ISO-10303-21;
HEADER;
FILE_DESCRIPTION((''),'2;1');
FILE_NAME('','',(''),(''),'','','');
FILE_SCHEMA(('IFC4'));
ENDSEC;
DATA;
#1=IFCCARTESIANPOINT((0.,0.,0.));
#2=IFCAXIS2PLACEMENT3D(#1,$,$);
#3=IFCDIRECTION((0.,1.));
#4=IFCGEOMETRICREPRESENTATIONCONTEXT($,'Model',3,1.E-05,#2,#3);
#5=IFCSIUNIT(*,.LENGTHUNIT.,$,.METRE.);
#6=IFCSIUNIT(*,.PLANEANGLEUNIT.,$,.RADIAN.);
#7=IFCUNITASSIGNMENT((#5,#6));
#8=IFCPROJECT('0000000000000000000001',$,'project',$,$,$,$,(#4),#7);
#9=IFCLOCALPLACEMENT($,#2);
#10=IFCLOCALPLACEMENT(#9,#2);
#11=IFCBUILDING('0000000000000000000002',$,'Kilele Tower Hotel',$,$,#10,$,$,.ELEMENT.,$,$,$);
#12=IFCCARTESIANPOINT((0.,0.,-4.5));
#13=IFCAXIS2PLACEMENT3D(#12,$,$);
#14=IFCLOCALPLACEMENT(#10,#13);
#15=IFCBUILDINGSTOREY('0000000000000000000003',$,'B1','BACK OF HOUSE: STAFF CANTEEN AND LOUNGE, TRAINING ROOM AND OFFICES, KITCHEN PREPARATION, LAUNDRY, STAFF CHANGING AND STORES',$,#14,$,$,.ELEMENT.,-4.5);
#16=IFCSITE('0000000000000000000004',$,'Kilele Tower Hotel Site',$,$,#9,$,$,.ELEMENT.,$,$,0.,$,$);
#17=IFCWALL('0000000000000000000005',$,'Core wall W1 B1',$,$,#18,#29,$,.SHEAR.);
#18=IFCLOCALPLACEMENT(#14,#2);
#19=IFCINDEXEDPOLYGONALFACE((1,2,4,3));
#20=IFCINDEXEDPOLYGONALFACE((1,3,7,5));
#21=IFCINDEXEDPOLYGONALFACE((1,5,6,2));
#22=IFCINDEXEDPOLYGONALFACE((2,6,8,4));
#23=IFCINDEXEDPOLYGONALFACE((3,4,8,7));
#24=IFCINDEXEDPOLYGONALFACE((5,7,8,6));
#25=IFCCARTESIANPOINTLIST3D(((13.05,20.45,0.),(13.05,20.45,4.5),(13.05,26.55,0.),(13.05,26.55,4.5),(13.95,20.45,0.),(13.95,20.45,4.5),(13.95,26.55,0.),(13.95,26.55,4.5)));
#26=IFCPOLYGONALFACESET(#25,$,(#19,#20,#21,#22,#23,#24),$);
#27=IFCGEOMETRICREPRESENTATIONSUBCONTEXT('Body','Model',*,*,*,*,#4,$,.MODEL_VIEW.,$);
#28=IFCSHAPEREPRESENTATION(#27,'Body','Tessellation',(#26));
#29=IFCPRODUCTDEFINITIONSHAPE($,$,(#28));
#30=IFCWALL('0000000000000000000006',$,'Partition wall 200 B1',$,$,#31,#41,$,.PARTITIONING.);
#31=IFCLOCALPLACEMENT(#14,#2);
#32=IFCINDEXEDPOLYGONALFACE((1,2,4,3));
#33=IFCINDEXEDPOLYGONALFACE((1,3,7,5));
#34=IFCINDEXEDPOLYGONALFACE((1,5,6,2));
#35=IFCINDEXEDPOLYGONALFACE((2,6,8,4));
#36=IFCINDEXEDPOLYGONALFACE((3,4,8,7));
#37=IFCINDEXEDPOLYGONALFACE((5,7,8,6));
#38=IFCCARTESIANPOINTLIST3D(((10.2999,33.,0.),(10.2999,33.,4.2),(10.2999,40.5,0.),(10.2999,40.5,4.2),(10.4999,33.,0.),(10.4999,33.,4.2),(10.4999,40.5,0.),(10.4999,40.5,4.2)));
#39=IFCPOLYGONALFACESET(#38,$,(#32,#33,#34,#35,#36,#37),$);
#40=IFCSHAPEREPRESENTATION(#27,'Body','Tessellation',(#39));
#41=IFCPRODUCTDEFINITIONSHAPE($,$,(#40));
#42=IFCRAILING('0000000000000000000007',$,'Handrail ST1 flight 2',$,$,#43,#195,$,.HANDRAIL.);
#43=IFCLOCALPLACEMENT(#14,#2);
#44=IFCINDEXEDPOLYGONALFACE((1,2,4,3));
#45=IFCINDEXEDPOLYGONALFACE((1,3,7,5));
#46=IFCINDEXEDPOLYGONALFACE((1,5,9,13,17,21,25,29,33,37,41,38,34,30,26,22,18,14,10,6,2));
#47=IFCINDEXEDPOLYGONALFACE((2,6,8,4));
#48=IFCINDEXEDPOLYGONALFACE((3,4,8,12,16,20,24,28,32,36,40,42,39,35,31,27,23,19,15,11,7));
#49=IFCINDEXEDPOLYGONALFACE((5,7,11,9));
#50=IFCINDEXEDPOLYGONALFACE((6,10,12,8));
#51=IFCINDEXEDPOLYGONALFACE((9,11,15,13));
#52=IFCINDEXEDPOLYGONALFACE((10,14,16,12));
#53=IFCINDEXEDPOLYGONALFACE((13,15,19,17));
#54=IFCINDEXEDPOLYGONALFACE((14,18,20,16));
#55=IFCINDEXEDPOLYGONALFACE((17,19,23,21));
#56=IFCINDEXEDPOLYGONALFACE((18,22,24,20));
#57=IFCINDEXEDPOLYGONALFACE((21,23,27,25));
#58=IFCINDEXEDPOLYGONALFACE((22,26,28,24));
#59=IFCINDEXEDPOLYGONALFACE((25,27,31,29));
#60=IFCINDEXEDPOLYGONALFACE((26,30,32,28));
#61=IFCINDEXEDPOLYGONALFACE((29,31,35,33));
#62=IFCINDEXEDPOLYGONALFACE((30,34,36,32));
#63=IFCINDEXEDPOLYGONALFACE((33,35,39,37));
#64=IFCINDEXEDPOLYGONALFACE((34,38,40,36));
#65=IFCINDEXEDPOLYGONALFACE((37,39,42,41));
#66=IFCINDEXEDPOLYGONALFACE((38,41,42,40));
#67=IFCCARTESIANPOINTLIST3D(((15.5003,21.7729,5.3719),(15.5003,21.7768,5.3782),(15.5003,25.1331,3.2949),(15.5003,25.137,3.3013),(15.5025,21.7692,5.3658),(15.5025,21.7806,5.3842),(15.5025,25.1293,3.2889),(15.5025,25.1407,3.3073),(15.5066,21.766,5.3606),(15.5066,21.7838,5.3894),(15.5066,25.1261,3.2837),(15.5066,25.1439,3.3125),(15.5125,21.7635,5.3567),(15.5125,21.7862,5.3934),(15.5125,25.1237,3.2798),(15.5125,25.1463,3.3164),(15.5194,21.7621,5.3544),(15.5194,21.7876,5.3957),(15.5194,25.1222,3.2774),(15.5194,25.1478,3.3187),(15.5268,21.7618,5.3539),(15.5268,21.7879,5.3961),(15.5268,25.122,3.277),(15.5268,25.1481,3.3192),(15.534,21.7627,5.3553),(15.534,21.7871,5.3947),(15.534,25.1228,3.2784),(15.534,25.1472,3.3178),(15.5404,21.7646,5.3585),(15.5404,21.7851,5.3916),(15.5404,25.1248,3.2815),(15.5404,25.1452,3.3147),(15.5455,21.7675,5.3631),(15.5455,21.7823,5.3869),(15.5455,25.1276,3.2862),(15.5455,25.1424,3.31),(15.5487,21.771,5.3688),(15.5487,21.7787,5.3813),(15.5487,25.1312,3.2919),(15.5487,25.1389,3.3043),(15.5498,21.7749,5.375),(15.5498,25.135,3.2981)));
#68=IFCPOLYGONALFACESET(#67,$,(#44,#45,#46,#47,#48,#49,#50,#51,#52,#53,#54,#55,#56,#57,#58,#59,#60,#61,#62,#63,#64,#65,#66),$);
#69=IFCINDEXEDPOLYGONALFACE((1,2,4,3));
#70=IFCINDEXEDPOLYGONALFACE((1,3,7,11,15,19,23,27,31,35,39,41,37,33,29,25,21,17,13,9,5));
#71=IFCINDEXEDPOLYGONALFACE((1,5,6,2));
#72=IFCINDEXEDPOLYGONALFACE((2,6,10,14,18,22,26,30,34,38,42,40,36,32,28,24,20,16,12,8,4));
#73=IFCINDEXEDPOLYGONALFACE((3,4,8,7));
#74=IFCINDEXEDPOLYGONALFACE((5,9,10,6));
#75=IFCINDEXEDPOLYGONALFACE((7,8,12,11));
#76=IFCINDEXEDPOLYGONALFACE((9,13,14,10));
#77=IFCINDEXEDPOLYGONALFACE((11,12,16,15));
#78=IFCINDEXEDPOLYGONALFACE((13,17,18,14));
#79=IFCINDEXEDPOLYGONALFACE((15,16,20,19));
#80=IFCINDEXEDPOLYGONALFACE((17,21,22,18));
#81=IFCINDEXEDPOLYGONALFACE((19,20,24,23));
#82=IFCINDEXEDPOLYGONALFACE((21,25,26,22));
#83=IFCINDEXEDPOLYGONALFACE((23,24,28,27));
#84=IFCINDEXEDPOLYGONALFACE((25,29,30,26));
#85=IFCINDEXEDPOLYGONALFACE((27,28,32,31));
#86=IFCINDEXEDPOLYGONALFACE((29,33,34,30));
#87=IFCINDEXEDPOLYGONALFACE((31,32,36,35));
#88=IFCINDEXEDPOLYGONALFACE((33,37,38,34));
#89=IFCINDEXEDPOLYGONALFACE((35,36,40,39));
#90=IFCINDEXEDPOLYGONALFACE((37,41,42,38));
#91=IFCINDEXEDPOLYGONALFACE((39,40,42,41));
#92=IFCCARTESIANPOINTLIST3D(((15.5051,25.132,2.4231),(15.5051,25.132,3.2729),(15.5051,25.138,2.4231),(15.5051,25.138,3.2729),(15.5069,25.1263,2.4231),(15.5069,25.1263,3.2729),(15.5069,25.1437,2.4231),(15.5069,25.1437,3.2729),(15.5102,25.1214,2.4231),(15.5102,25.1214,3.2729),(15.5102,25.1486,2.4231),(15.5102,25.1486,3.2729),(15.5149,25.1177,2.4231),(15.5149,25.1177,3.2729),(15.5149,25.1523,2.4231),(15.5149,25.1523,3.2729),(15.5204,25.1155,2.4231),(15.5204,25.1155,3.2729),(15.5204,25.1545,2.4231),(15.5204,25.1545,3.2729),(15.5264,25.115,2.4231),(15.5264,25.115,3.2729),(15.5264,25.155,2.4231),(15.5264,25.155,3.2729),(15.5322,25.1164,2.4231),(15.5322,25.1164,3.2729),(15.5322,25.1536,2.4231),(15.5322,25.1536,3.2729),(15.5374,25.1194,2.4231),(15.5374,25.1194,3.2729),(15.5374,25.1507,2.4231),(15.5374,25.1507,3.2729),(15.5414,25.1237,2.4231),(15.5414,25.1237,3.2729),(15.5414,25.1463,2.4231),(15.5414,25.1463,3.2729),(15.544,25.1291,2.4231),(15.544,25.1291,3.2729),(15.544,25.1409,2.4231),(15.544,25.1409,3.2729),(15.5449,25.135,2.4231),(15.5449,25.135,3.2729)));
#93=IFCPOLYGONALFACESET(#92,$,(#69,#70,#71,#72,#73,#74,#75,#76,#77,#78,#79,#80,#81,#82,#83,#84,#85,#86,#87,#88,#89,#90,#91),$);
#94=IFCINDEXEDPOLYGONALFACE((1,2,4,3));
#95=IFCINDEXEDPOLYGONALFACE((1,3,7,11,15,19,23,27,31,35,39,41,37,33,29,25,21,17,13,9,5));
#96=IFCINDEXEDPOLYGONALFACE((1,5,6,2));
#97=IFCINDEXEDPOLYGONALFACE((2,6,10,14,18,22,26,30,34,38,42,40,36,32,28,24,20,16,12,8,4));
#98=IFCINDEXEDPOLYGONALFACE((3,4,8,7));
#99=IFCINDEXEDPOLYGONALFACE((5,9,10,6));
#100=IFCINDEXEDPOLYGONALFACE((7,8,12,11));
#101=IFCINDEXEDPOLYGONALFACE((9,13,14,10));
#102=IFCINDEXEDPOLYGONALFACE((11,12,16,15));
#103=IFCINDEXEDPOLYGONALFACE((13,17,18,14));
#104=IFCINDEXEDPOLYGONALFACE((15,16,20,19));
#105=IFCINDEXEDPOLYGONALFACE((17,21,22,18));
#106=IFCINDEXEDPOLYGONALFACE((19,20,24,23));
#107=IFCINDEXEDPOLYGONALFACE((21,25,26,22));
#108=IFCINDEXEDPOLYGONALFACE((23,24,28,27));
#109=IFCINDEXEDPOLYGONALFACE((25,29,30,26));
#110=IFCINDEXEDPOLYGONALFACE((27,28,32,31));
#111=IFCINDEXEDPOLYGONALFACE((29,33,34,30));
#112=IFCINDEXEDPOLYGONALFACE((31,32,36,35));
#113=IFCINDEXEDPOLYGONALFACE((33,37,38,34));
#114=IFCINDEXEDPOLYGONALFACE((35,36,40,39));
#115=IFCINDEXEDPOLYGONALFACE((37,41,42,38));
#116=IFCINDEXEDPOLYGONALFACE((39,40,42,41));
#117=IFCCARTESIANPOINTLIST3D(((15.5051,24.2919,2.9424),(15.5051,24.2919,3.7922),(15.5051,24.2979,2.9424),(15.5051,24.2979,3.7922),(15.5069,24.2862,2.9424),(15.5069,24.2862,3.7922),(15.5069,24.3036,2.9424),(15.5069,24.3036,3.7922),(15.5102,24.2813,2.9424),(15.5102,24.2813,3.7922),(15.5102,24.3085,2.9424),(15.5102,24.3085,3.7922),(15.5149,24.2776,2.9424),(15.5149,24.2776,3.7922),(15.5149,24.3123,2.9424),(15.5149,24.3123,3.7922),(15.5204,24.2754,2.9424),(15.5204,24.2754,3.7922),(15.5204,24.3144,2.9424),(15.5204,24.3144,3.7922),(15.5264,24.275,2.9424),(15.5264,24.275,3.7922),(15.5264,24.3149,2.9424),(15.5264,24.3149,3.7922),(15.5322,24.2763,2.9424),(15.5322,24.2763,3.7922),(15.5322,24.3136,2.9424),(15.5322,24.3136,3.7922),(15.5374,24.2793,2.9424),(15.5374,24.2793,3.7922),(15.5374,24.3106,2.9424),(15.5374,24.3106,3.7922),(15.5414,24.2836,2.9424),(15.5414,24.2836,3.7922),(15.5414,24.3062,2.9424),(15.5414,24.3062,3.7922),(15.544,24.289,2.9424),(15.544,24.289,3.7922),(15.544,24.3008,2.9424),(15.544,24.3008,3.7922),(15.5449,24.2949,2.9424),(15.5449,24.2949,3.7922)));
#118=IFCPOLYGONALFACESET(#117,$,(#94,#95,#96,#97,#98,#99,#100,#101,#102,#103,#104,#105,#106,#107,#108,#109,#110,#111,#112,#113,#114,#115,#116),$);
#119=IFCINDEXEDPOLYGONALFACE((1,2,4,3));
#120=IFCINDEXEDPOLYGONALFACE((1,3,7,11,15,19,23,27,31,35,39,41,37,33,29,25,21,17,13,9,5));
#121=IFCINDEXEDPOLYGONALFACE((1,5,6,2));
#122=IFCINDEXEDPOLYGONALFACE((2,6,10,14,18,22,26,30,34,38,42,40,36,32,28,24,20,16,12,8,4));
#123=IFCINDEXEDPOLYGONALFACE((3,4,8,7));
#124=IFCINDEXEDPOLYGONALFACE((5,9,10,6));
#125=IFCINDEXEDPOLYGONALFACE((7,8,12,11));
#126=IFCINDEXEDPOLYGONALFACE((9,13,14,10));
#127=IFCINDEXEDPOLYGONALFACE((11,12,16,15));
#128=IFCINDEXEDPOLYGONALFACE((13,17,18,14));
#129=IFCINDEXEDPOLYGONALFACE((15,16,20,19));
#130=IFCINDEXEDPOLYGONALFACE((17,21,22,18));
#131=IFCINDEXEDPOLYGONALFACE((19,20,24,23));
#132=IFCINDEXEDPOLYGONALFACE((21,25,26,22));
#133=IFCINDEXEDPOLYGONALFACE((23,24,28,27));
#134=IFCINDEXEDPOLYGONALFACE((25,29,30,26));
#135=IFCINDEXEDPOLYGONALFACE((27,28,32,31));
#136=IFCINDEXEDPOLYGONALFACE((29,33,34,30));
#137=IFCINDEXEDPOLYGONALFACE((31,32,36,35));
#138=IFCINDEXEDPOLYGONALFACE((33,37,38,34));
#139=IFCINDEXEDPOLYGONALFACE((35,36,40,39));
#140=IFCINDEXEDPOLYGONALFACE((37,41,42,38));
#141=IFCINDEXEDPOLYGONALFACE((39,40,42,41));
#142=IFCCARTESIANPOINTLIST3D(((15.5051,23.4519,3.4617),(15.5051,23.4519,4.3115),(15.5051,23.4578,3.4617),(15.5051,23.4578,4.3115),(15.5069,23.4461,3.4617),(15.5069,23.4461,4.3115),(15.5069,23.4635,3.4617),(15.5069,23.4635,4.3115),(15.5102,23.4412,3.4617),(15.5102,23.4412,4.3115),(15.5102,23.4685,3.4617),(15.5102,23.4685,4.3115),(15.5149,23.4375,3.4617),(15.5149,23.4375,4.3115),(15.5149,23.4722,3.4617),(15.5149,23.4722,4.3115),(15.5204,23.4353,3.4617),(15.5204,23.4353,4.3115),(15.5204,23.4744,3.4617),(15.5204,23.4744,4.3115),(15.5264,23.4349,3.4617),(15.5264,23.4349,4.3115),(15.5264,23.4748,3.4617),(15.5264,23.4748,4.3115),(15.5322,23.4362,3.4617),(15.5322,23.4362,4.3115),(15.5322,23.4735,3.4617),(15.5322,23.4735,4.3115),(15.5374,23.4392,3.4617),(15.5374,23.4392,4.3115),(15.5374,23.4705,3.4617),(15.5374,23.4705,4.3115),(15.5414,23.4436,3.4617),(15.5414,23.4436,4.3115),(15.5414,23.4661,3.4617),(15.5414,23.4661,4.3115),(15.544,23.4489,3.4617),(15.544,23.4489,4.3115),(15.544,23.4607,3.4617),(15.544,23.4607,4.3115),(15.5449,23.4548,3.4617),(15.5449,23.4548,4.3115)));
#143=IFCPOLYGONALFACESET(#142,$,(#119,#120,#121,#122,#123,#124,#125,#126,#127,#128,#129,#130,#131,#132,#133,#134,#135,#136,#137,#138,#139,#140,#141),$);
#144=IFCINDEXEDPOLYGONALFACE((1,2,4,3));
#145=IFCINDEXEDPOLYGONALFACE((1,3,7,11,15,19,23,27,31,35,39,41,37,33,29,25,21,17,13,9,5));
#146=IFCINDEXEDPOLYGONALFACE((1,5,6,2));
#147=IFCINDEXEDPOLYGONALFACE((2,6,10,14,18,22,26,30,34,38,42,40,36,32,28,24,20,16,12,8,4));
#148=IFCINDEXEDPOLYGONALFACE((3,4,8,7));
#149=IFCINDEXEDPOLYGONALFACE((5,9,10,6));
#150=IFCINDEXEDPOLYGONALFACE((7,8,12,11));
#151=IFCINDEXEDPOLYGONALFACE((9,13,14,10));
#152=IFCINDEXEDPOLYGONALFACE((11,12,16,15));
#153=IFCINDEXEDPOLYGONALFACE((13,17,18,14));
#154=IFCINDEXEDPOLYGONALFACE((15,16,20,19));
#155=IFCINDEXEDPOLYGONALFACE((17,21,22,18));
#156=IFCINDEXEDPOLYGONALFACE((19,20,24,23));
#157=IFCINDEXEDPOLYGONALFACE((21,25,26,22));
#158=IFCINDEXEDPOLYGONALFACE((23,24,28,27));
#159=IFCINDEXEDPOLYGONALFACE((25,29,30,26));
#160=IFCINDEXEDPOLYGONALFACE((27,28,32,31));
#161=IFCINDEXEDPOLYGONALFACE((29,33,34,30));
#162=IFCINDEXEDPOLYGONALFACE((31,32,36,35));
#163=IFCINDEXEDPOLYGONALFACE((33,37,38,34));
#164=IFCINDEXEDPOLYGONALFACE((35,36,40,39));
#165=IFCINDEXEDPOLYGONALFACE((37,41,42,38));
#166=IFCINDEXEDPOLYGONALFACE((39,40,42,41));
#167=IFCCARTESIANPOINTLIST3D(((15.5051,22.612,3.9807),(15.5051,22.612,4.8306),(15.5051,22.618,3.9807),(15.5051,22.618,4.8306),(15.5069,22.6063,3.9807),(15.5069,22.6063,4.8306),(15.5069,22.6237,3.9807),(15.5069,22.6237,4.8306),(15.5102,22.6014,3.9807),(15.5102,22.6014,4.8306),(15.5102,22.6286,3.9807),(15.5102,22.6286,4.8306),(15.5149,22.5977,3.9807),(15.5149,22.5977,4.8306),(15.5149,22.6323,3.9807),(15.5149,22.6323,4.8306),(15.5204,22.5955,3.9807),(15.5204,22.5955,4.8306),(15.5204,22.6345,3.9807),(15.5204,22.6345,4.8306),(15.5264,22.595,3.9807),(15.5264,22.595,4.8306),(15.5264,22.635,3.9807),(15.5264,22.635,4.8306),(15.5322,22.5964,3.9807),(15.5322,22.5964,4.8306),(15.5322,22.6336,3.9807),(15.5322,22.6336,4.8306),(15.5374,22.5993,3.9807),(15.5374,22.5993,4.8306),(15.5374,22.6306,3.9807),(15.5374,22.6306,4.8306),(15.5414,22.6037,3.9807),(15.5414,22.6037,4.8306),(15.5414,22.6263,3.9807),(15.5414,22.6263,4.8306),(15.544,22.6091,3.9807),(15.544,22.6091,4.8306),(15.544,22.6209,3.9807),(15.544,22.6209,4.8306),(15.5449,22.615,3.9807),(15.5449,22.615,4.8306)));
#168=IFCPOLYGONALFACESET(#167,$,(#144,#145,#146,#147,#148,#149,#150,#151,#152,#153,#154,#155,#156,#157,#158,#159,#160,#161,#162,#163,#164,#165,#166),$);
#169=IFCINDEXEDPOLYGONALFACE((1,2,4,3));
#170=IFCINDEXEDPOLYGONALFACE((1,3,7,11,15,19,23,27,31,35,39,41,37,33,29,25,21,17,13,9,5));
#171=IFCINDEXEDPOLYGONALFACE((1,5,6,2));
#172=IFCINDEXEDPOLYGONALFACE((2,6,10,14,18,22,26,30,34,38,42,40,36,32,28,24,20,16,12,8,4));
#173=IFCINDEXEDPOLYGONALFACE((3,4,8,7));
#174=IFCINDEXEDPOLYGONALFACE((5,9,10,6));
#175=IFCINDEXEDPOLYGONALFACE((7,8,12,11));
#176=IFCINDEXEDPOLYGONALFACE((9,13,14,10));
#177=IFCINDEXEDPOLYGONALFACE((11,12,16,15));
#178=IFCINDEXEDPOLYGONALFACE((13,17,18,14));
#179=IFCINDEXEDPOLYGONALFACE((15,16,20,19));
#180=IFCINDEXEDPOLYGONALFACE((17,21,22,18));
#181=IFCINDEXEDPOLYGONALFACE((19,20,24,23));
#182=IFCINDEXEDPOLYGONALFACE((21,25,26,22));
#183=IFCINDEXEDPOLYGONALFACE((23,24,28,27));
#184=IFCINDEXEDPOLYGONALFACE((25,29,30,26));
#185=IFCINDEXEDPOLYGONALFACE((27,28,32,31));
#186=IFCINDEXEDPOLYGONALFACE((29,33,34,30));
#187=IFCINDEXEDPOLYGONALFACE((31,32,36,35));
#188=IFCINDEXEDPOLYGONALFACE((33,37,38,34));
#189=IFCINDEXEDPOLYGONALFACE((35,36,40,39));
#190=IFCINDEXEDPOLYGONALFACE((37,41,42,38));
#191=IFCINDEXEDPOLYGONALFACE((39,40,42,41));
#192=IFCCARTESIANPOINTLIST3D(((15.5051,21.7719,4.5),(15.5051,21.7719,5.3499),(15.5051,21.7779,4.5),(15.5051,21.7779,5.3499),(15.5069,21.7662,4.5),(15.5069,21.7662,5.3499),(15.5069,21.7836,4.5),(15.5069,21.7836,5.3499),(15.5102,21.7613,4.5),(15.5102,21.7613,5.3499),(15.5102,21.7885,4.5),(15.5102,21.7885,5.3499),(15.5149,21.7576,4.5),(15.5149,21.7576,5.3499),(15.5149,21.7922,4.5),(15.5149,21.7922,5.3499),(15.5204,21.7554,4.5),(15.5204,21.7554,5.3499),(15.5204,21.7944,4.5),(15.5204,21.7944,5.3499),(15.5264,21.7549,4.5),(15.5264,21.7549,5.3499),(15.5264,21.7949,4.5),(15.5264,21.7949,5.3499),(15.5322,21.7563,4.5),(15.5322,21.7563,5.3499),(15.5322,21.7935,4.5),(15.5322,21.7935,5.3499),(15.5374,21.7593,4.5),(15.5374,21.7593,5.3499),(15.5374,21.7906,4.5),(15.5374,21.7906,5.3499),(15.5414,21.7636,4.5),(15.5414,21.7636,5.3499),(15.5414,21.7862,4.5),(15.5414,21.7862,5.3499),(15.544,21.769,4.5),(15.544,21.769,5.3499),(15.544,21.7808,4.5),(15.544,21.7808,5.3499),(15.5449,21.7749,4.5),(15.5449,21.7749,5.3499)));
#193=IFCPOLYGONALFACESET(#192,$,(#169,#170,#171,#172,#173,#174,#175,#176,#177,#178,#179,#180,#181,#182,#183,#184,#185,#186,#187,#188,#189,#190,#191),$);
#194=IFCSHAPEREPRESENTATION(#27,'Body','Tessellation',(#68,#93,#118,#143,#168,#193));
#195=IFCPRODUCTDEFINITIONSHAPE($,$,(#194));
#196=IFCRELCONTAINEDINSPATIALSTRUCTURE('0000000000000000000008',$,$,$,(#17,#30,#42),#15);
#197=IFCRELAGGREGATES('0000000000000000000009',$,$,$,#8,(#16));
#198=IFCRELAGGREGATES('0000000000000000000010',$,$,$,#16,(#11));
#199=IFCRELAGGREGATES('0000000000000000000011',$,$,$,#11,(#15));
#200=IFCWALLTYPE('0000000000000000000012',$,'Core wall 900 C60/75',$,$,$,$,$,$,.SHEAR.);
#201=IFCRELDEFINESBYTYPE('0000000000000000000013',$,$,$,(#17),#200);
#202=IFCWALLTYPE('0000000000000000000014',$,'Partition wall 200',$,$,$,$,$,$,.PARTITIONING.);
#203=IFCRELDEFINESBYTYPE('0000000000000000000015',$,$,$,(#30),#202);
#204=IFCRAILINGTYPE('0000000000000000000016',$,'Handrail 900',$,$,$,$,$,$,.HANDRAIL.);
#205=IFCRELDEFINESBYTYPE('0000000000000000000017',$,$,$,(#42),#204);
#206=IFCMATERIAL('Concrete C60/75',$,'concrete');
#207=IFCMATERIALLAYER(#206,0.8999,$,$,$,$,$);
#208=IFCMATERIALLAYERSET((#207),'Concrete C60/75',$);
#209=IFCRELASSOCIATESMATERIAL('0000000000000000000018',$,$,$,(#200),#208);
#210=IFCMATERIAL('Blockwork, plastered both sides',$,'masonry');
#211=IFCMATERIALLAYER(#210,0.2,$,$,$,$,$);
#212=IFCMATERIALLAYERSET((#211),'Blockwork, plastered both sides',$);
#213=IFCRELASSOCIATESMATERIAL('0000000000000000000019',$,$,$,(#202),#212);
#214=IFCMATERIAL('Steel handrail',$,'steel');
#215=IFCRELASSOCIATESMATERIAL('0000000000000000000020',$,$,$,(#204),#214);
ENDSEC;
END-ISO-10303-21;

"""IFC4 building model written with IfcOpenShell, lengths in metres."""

from ifc_helpers import new_model, si_unit, direction, frame, frame_2d, origin, origin_2d, place, context, subcontext, project, spatial, rectangle, circle, extrude, material, layer, layer_set, type_object, element, save


model = new_model("IFC4")

# Units and contexts
model_context = context("Model", 3, precision=1e-05, world=origin(), true_north=direction((0.0, 1.0)))
body_context = subcontext(model_context, "Body", "Model", "MODEL_VIEW")
ifc_project = project(units=[si_unit("LENGTHUNIT", "METRE"), si_unit("PLANEANGLEUNIT", "RADIAN")], contexts=[model_context])

# Site, building, storey
site_placement = place(None, origin())
site = spatial("IfcSite", under=ifc_project, at=site_placement, Name="Kilele Tower Hotel Site", CompositionType="ELEMENT", RefElevation=0.0)
building_placement = place(site_placement, origin())
building = spatial("IfcBuilding", under=site, at=building_placement, Name="Kilele Tower Hotel", CompositionType="ELEMENT")
storey_placement = place(building_placement, frame((0.0, 0.0, -4.5)))
storey = spatial("IfcBuildingStorey", under=building, at=storey_placement, Name="B1", Description="BACK OF HOUSE: STAFF CANTEEN AND LOUNGE, TRAINING ROOM AND OFFICES, KITCHEN PREPARATION, LAUNDRY, STAFF CHANGING AND STORES", CompositionType="ELEMENT", Elevation=-4.5)

# Walls
ifc_material_1 = material(Name="Concrete C60/75", Category="concrete")
ifc_layer_1 = layer(ifc_material_1, 0.8999)
ifc_layer_set_1 = layer_set([ifc_layer_1], Name="Concrete C60/75")
wall_type_1 = type_object("IfcWallType", Name="Core wall 900 C60/75", PredefinedType="SHEAR", material=ifc_layer_set_1)
wall_1_placement = place(storey_placement, frame((13.5, 26.55, 0.0), z_axis=(0.0, 0.0, 1.0), x_axis=(0.0, -1.0, 0.0)))
element("IfcWall", 1, at=wall_1_placement, inside=storey, type_object=wall_type_1, Name="Core wall W1 B1", PredefinedType="SHEAR", context=body_context, shape_type="SweptSolid", body=[
    extrude(rectangle(XDim=6.1001, YDim=0.8999, at=frame_2d((3.05, 0.0))), origin(), (0.0, 0.0, 1.0), 4.5),
])
ifc_material_2 = material(Name="Blockwork, plastered both sides", Category="masonry")
ifc_layer_2 = layer(ifc_material_2, 0.2)
ifc_layer_set_2 = layer_set([ifc_layer_2], Name="Blockwork, plastered both sides")
wall_type_2 = type_object("IfcWallType", Name="Partition wall 200", PredefinedType="PARTITIONING", material=ifc_layer_set_2)
wall_2_placement = place(storey_placement, frame((10.3999, 33.0, 0.0), z_axis=(0.0, 0.0, 1.0), x_axis=(0.0, 1.0, 0.0)))
element("IfcWall", 2, at=wall_2_placement, inside=storey, type_object=wall_type_2, Name="Partition wall 200 B1", PredefinedType="PARTITIONING", context=body_context, shape_type="SweptSolid", body=[
    extrude(rectangle(XDim=7.5, YDim=0.2, at=frame_2d((3.75, 0.0))), origin(), (0.0, 0.0, 1.0), 4.2),
])

# Railing
ifc_material_3 = material(Name="Steel handrail", Category="steel")
railing_type_1 = type_object("IfcRailingType", Name="Handrail 900", PredefinedType="HANDRAIL", material=ifc_material_3)
railing_1_placement = place(storey_placement, frame((15.5249, 25.135, 2.4231)))
element("IfcRailing", 3, at=railing_1_placement, inside=storey, type_object=railing_type_1, Name="Handrail ST1 flight 2", PredefinedType="HANDRAIL", context=body_context, shape_type="SweptSolid", body=[
    extrude(circle(Radius=0.0249, at=origin_2d()), frame((0.0, 0.0, 0.875), z_axis=(0.0, -0.850623, 0.525776), x_axis=(1.0, 0.0, 0.0)), (0.0, 0.0, 1.0), 3.9502),
    extrude(circle(Radius=0.02, at=origin_2d()), origin(), (0.0, 0.0, 1.0), 0.8499),
    extrude(circle(Radius=0.02, at=origin_2d()), frame((0.0, -0.8401, 0.5193)), (0.0, 0.0, 1.0), 0.8499),
    extrude(circle(Radius=0.02, at=origin_2d()), frame((0.0, -1.6802, 1.0386)), (0.0, 0.0, 1.0), 0.8499),
    extrude(circle(Radius=0.02, at=origin_2d()), frame((0.0, -2.52, 1.5576)), (0.0, 0.0, 1.0), 0.8499),
    extrude(circle(Radius=0.02, at=origin_2d()), frame((0.0, -3.3601, 2.0769)), (0.0, 0.0, 1.0), 0.8499),
])

save(model, "model.ifc")
